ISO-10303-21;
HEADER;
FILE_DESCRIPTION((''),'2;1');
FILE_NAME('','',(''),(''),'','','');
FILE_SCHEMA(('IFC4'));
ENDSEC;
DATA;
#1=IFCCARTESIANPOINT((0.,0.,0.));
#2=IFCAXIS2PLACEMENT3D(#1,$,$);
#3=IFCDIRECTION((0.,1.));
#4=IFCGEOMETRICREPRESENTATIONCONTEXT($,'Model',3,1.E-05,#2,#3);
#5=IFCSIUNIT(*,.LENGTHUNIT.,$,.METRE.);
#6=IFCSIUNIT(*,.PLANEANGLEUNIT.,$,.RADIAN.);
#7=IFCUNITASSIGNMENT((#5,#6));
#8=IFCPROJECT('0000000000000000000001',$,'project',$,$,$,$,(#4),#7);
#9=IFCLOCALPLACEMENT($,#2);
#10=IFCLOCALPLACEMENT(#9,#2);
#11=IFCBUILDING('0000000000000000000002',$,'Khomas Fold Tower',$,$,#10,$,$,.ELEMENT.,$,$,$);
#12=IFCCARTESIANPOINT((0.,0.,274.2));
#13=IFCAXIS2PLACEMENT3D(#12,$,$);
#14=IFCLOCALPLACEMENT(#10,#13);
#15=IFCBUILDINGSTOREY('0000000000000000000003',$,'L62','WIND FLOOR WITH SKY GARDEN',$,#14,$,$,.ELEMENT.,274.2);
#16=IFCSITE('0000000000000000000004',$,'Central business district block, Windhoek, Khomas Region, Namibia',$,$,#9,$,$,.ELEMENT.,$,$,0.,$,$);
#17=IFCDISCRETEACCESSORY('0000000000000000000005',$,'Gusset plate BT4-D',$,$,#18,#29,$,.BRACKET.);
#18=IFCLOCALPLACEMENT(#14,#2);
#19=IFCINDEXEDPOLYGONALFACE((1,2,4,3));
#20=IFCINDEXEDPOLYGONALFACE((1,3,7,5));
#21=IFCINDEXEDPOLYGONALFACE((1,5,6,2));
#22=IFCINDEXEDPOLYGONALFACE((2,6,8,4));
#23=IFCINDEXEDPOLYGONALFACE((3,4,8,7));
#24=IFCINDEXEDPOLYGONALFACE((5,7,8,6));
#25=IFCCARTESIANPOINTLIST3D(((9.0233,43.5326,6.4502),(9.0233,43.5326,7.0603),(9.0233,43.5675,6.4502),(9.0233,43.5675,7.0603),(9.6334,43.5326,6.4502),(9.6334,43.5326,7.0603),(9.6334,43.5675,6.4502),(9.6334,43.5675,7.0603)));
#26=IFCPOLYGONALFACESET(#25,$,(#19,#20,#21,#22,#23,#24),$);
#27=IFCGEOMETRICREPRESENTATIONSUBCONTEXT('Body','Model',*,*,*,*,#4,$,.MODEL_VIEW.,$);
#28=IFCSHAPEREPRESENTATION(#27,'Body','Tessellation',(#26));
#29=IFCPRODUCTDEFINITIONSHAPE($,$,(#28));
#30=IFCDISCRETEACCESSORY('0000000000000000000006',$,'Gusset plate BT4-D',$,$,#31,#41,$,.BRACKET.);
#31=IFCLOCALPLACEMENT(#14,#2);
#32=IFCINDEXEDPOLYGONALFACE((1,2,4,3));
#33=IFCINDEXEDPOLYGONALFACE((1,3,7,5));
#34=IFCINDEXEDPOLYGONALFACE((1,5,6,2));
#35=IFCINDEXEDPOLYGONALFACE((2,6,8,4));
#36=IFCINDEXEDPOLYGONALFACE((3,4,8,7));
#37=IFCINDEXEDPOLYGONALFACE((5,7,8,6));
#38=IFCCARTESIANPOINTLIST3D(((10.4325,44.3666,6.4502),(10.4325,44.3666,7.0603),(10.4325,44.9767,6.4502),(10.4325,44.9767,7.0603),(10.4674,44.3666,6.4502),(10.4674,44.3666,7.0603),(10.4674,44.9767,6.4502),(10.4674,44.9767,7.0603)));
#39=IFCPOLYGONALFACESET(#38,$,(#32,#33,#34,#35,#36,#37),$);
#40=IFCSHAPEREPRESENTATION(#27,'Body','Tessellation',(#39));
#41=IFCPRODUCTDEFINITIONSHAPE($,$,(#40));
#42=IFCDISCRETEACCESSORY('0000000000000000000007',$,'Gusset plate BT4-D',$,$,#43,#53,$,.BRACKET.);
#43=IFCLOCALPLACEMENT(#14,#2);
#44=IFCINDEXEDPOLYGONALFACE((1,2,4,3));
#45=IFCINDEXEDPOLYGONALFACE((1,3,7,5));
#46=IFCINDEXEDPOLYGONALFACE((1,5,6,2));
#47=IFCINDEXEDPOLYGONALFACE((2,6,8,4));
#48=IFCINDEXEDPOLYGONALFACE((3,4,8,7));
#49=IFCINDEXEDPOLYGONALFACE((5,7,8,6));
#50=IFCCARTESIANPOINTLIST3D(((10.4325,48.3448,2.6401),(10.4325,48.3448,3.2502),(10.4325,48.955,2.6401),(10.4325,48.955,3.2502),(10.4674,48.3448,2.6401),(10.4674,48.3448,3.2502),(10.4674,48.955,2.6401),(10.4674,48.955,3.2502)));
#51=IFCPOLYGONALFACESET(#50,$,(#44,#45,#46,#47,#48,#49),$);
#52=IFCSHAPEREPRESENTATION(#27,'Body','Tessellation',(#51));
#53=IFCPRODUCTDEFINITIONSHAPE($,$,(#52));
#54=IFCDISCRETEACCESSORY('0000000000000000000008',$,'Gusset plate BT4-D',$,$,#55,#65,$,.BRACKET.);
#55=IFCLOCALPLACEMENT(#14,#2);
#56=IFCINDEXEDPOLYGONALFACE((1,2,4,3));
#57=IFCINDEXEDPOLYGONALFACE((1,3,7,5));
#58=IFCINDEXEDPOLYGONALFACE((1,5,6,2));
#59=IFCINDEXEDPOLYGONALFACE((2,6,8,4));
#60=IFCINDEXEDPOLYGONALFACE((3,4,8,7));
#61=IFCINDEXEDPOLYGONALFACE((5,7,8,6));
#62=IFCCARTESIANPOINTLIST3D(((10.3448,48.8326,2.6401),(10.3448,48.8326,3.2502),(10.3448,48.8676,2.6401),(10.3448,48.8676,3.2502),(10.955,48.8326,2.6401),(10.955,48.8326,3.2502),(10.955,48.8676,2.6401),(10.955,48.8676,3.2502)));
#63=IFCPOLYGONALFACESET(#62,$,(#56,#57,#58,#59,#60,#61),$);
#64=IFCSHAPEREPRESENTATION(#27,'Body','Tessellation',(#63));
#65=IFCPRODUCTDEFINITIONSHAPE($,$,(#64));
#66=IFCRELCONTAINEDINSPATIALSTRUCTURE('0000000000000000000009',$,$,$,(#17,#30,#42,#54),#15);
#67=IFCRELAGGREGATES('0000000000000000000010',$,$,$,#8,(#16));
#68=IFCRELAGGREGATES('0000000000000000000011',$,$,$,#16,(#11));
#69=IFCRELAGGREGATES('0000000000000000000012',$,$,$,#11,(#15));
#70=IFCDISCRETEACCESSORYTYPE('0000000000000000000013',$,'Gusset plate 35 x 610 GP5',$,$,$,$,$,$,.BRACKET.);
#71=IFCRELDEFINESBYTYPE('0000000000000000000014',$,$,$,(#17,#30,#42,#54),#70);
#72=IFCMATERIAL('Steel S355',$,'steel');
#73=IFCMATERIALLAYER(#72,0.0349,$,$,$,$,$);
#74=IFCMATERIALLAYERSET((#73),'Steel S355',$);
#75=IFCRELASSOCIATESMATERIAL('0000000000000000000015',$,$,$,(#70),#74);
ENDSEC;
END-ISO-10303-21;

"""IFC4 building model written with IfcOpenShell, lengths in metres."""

from ifc_helpers import new_model, si_unit, direction, frame, origin, origin_2d, place, context, subcontext, project, spatial, rectangle, extrude, source, transform, mapped, material, layer, layer_set, type_object, element, save


model = new_model("IFC4")

# Units and contexts
model_context = context("Model", 3, precision=1e-05, world=origin(), true_north=direction((0.0, 1.0)))
body_context = subcontext(model_context, "Body", "Model", "MODEL_VIEW")
ifc_project = project(units=[si_unit("LENGTHUNIT", "METRE"), si_unit("PLANEANGLEUNIT", "RADIAN")], contexts=[model_context])

# Site, building, storey
site_placement = place(None, origin())
site = spatial("IfcSite", under=ifc_project, at=site_placement, Name="Central business district block, Windhoek, Khomas Region, Namibia", CompositionType="ELEMENT", RefElevation=0.0)
building_placement = place(site_placement, origin())
building = spatial("IfcBuilding", under=site, at=building_placement, Name="Khomas Fold Tower", CompositionType="ELEMENT")
storey_placement = place(building_placement, frame((0.0, 0.0, 274.2)))
storey = spatial("IfcBuildingStorey", under=building, at=storey_placement, Name="L62", Description="WIND FLOOR WITH SKY GARDEN", CompositionType="ELEMENT", Elevation=274.2)

# Discrete accessories
ifc_material_1 = material(Name="Steel S355", Category="steel")
ifc_layer_1 = layer(ifc_material_1, 0.0349)
ifc_layer_set_1 = layer_set([ifc_layer_1], Name="Steel S355")
discrete_accessory_type = type_object("IfcDiscreteAccessoryType", Name="Gusset plate 35 x 610 GP5", PredefinedType="BRACKET", material=ifc_layer_set_1)
shared_shape_1 = source(origin(), body_context, "Body", "SweptSolid", [
    extrude(rectangle(XDim=0.6101, YDim=0.0349, at=origin_2d()), origin(), (0.0, 0.0, 1.0), 0.6101),
])
for number, where, z_axis, x_axis, name in (
    (1, (9.3284, 43.55, 6.4502), (0.0, 0.0, 1.0), (1.0, 0.0, 0.0), "Gusset plate BT4-D"),
    (2, (10.45, 44.6716, 6.4502), (0.0, 0.0, 1.0), (0.0, 1.0, 0.0), "Gusset plate BT4-D"),
    (3, (10.45, 48.6499, 2.6401), (0.0, 0.0, 1.0), (0.0, 1.0, 0.0), "Gusset plate BT4-D"),
    (4, (10.6499, 48.8501, 2.6401), (0.0, 0.0, 1.0), (1.0, 0.0, 0.0), "Gusset plate BT4-D"),
):
    element("IfcDiscreteAccessory", number, at=place(storey_placement, frame(where, z_axis=z_axis, x_axis=x_axis)), inside=storey, type_object=discrete_accessory_type, Name=name, PredefinedType="BRACKET", context=body_context, shape_type="MappedRepresentation", body=[
        mapped(shared_shape_1, transform((0.0, 0.0, 0.0))),
    ])

save(model, "model.ifc")
